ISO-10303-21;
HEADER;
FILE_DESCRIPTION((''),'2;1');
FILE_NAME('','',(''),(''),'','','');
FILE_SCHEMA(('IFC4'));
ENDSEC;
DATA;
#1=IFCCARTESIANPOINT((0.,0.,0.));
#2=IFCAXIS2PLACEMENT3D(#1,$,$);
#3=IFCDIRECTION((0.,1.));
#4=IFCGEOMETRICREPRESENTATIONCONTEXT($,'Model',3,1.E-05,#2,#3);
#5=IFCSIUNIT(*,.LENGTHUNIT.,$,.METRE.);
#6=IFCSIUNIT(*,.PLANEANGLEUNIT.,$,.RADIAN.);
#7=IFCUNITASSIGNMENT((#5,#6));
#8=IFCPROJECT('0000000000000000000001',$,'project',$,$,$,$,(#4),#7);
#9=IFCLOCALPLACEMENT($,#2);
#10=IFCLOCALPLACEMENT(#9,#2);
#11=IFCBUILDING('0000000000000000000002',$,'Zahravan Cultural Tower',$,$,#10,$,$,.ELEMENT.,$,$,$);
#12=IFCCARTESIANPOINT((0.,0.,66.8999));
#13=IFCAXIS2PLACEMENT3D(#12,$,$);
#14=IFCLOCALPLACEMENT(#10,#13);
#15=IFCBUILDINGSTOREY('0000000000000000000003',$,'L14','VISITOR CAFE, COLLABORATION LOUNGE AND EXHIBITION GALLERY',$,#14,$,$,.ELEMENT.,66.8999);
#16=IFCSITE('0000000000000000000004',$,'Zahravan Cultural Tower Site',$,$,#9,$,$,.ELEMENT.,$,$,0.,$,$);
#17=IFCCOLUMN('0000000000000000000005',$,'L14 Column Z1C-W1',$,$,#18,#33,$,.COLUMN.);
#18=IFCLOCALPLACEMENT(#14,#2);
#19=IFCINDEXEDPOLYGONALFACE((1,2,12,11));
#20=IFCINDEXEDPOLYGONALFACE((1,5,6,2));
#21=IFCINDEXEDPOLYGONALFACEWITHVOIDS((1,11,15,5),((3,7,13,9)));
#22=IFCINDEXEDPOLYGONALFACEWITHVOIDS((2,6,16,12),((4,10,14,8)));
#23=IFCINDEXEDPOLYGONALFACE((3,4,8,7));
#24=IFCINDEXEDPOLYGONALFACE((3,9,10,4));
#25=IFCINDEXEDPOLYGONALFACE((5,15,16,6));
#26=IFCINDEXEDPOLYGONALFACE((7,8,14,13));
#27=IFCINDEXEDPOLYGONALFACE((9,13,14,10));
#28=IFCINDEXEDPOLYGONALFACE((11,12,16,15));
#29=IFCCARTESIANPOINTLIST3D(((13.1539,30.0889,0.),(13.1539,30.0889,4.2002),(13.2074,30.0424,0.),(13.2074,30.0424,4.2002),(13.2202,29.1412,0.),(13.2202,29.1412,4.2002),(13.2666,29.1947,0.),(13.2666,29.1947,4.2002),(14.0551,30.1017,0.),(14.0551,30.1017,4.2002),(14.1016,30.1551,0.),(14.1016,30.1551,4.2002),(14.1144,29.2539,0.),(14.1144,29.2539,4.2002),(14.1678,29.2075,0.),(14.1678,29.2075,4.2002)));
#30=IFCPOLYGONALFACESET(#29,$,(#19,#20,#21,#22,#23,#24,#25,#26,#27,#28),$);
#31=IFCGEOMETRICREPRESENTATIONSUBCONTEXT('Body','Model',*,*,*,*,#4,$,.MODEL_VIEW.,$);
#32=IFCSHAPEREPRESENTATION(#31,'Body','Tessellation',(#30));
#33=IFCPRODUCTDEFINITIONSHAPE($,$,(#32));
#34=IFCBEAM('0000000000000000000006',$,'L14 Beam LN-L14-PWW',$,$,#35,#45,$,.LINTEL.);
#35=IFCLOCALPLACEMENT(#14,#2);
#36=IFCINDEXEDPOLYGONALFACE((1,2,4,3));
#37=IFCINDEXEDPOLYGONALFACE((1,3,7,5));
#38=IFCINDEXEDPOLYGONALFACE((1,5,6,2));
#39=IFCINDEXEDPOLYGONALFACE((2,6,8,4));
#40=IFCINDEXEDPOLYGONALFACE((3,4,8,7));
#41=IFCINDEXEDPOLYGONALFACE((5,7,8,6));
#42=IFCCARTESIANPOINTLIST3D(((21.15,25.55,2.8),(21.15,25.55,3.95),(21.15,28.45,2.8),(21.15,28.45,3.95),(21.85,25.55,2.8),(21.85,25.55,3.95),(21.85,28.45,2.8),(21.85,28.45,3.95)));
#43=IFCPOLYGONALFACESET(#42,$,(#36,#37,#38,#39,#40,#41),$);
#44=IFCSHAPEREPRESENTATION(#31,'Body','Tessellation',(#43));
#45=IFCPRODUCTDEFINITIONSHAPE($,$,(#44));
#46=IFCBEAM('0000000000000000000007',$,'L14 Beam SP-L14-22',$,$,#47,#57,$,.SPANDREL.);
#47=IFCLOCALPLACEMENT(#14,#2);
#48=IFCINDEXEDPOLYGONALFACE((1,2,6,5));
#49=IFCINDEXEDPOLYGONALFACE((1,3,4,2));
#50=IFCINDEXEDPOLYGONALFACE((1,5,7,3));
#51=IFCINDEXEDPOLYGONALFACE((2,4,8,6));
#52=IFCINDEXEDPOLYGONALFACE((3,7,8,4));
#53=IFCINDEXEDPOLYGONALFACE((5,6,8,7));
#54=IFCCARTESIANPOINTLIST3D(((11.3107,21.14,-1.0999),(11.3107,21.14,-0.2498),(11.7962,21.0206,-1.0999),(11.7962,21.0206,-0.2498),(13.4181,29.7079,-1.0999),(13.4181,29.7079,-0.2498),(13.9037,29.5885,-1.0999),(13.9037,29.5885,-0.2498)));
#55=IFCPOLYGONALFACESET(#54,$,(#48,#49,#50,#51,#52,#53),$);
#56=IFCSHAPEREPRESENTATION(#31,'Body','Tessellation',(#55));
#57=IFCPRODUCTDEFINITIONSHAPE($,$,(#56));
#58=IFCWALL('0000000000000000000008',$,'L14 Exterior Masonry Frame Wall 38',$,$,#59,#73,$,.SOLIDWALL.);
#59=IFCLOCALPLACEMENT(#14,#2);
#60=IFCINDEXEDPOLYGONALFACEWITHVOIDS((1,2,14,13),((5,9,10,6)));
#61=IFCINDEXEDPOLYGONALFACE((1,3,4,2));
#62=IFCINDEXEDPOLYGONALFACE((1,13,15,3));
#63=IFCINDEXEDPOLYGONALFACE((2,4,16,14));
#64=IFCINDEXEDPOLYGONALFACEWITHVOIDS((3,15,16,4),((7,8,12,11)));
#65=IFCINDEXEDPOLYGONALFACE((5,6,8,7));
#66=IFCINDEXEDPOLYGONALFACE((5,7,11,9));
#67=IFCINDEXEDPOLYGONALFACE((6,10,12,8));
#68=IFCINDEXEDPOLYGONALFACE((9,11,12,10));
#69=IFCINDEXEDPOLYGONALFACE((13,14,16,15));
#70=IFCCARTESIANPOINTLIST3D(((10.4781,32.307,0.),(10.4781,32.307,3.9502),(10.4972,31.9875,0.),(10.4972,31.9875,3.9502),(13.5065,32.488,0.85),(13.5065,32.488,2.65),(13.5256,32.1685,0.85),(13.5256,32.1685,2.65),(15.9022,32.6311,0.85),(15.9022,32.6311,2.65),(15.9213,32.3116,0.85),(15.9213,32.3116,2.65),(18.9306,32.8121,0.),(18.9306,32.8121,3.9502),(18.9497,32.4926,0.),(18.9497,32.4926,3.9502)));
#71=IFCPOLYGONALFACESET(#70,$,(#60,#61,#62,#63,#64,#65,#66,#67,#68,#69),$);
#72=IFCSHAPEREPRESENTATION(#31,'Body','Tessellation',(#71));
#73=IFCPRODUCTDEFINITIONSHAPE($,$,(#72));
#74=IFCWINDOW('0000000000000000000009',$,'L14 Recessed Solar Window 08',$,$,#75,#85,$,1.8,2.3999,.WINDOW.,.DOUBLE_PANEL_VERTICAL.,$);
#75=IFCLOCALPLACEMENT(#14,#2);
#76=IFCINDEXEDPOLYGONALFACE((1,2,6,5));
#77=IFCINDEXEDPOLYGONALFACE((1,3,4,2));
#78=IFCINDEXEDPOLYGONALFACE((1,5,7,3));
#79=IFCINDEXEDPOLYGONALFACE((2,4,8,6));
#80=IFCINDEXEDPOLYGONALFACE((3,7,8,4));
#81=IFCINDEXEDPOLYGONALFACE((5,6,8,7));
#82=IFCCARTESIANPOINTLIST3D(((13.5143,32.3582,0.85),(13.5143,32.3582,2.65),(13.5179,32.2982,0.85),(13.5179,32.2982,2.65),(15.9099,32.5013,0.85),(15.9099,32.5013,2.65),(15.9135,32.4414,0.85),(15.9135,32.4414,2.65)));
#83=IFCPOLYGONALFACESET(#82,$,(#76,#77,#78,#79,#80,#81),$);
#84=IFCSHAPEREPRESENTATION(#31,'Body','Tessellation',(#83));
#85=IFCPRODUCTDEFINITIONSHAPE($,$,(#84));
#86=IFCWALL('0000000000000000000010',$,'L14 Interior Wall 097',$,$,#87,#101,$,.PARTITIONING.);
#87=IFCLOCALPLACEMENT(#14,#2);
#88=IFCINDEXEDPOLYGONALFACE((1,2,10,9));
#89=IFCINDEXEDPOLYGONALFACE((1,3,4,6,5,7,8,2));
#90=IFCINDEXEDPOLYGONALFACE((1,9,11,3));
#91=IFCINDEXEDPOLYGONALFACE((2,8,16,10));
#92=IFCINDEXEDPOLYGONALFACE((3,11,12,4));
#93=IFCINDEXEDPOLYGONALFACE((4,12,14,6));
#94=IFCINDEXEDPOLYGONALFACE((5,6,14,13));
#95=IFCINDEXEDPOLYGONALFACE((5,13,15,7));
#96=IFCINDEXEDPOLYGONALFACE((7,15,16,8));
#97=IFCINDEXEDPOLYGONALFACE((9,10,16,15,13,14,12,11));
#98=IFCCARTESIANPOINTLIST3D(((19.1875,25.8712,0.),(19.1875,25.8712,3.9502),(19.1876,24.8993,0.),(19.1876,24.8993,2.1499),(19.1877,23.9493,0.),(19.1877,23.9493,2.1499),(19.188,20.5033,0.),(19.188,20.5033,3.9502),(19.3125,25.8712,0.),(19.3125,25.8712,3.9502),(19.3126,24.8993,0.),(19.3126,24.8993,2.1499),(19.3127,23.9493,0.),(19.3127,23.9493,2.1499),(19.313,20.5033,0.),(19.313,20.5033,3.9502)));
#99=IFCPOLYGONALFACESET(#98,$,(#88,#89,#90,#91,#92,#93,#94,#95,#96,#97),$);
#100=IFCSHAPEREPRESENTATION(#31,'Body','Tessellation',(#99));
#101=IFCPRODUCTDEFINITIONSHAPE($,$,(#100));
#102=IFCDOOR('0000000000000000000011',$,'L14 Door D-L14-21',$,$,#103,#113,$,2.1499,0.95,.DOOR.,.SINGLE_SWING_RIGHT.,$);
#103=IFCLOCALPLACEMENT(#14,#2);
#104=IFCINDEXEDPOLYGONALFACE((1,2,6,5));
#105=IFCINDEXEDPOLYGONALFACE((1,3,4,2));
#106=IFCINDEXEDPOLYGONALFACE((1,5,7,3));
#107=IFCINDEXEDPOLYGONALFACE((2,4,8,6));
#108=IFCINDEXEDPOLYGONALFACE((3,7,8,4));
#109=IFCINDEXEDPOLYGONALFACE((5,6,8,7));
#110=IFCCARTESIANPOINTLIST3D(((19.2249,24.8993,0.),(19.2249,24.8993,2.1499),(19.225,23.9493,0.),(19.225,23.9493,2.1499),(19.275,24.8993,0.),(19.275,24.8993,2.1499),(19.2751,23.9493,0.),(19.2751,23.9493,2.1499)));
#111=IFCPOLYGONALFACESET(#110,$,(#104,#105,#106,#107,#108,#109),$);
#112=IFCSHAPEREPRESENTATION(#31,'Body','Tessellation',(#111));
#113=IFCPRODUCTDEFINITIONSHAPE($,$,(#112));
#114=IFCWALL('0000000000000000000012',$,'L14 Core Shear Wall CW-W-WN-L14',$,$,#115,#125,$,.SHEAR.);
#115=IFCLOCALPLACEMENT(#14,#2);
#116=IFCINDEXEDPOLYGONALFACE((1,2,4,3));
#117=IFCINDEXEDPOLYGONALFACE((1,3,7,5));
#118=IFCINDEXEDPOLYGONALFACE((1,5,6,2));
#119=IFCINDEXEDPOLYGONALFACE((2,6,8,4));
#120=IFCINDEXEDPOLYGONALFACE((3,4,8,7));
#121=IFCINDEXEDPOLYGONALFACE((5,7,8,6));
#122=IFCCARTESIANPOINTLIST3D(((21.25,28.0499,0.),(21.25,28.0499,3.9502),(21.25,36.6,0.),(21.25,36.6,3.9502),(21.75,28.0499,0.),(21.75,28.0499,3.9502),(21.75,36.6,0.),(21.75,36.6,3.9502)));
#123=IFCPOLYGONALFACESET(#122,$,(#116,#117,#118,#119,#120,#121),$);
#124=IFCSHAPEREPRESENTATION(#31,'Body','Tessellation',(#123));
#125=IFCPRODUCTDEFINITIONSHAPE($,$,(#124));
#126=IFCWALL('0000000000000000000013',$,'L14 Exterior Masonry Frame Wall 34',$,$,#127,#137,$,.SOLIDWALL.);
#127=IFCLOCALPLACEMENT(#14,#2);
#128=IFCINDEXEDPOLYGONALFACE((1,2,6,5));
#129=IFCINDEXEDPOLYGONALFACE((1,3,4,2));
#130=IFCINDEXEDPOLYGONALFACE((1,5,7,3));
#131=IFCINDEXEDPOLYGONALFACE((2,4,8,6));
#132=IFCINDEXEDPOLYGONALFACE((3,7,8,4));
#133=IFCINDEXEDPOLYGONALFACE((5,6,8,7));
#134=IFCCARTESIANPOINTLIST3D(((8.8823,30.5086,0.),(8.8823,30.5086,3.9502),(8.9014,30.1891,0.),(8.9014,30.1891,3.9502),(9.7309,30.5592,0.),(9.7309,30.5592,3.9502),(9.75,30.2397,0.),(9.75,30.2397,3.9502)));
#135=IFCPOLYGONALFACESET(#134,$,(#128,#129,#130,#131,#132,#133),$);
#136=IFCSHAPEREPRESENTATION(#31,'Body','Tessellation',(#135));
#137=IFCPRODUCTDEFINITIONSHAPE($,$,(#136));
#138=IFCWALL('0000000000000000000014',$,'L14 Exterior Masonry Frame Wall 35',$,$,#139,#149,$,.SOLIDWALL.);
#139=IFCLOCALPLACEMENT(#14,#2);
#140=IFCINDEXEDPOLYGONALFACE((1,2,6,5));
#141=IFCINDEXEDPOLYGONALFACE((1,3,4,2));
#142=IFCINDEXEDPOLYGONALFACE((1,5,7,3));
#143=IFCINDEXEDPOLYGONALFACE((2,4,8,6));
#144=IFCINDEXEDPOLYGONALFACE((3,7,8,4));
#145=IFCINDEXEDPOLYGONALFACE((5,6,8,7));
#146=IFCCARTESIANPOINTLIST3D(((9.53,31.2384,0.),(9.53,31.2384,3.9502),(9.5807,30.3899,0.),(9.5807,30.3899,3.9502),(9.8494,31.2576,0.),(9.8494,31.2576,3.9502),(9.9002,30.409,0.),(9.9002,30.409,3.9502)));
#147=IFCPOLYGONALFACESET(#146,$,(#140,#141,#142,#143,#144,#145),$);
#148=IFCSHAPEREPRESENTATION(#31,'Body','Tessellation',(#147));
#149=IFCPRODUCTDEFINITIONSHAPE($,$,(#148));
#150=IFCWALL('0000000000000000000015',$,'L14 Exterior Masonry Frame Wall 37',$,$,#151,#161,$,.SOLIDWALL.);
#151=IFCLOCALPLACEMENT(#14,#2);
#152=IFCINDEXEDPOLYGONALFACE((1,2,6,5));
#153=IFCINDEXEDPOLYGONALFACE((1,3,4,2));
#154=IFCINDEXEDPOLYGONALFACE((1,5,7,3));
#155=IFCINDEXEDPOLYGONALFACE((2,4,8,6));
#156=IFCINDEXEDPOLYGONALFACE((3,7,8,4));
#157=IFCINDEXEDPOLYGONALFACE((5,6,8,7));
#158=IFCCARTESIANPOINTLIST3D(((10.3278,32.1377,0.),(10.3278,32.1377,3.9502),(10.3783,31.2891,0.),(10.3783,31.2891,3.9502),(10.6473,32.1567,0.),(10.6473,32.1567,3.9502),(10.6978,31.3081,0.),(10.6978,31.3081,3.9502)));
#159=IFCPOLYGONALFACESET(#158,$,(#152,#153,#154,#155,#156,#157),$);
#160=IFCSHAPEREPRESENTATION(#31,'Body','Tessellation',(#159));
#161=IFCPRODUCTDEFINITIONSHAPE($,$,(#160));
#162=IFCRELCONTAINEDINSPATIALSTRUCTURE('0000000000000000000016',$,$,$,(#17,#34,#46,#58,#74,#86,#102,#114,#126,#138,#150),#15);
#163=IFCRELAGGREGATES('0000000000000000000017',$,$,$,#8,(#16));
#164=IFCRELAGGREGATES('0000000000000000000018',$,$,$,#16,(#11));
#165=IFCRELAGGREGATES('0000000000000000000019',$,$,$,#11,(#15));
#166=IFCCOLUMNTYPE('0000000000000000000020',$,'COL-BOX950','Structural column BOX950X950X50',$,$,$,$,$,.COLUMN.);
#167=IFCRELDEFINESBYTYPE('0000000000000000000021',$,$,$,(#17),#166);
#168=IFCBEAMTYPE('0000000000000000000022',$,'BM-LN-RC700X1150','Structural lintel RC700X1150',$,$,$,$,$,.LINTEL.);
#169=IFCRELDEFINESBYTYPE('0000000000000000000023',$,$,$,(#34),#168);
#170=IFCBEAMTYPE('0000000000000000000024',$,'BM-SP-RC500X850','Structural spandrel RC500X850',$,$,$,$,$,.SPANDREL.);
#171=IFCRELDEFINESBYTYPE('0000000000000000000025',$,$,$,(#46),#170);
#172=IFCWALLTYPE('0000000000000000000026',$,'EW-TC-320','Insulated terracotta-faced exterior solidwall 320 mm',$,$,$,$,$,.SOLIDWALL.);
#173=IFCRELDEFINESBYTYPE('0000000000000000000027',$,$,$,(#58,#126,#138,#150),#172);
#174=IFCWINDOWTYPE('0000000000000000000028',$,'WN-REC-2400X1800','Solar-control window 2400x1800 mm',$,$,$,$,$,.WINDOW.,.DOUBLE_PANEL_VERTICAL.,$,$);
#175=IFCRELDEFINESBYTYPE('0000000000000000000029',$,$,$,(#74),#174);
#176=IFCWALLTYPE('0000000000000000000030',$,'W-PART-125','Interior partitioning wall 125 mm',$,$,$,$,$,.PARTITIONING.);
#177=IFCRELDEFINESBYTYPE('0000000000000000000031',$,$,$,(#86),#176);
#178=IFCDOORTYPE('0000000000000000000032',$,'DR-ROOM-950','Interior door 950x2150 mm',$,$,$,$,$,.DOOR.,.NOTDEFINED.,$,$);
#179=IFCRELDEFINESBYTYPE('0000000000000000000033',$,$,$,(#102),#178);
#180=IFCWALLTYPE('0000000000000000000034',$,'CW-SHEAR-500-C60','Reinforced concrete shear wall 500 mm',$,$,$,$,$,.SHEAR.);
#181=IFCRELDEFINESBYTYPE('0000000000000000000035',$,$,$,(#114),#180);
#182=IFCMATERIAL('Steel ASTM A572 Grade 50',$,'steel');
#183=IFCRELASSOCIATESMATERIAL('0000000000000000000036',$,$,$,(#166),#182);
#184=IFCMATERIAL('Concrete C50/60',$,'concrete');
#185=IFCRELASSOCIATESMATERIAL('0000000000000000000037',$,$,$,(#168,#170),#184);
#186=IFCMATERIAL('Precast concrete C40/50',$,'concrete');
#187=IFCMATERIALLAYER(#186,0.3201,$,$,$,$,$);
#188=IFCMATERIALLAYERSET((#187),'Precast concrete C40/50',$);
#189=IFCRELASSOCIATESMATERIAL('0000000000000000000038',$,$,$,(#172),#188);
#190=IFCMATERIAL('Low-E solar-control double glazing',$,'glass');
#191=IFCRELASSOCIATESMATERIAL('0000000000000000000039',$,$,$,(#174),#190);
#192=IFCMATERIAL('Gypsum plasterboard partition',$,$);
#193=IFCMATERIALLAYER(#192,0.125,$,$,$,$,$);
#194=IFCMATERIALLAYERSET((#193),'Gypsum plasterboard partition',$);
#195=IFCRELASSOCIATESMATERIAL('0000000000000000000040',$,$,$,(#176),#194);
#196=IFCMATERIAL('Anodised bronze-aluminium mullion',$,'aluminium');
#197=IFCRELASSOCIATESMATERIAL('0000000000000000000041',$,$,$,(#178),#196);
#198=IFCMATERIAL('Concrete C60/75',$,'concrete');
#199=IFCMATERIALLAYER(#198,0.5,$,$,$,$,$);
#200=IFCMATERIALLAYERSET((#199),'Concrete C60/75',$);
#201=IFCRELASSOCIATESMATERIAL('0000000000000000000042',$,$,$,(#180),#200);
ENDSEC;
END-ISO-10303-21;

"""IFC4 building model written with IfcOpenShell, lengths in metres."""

from ifc_helpers import new_model, si_unit, direction, frame, frame_2d, origin, origin_2d, place, context, subcontext, project, spatial, rectangle, hollow_rectangle, extrude, source, transform, mapped, material, layer, layer_set, material_profile, profile_set, type_object, element, fill, save


model = new_model("IFC4")

# Units and contexts
model_context = context("Model", 3, precision=1e-05, world=origin(), true_north=direction((0.0, 1.0)))
body_context = subcontext(model_context, "Body", "Model", "MODEL_VIEW")
ifc_project = project(units=[si_unit("LENGTHUNIT", "METRE"), si_unit("PLANEANGLEUNIT", "RADIAN")], contexts=[model_context])

# Site, building, storey
site_placement = place(None, origin())
site = spatial("IfcSite", under=ifc_project, at=site_placement, Name="Zahravan Cultural Tower Site", CompositionType="ELEMENT", RefElevation=0.0)
building_placement = place(site_placement, origin())
building = spatial("IfcBuilding", under=site, at=building_placement, Name="Zahravan Cultural Tower", CompositionType="ELEMENT")
storey_placement = place(building_placement, frame((0.0, 0.0, 66.8999)))
storey = spatial("IfcBuildingStorey", under=building, at=storey_placement, Name="L14", Description="VISITOR CAFE, COLLABORATION LOUNGE AND EXHIBITION GALLERY", CompositionType="ELEMENT", Elevation=66.8999)

# Column
ifc_material_1 = material(Name="Steel ASTM A572 Grade 50", Category="steel")
ifc_material_profile_1 = material_profile(ifc_material_1, hollow_rectangle(XDim=0.95, YDim=0.95, WallThickness=0.05, at=origin_2d()), Name="BOX950X950X50")
ifc_profile_set_1 = profile_set([ifc_material_profile_1], Name="Steel ASTM A572 Grade 50")
column_type = type_object("IfcColumnType", Name="COL-BOX950", Description="Structural column BOX950X950X50", PredefinedType="COLUMN", material=ifc_profile_set_1)
shared_shape_1 = source(origin(), body_context, "Body", "SweptSolid", [
    extrude(hollow_rectangle(XDim=0.95, YDim=0.95, WallThickness=0.05, at=origin_2d()), origin(), (0.0, 0.0, 1.0), 4.2002),
])
column_placement = place(storey_placement, frame((13.6609, 29.6482, 0.0), z_axis=(0.0, 0.0, 1.0), x_axis=(0.997564, 0.069756, 0.0)))
element("IfcColumn", 1, at=column_placement, inside=storey, type_object=column_type, Name="L14 Column Z1C-W1", PredefinedType="COLUMN", context=body_context, shape_type="MappedRepresentation", body=[
    mapped(shared_shape_1, transform((0.0, 0.0, 0.0), x_axis=(1.0, 0.0, 0.0), y_axis=(0.0, 1.0, 0.0), z_axis=(0.0, 0.0, 1.0), scale=1.0)),
])

# Beams
ifc_material_2 = material(Name="Concrete C50/60", Category="concrete")
ifc_material_profile_2 = material_profile(ifc_material_2, rectangle(XDim=0.7, YDim=1.1499, at=origin_2d()), Name="RC700X1150")
ifc_profile_set_2 = profile_set([ifc_material_profile_2], Name="Concrete C50/60")
beam_type_1 = type_object("IfcBeamType", Name="BM-LN-RC700X1150", Description="Structural lintel RC700X1150", PredefinedType="LINTEL", material=ifc_profile_set_2)
shared_shape_2 = source(origin(), body_context, "Body", "SweptSolid", [
    extrude(rectangle(XDim=0.7, YDim=1.1499, at=origin_2d()), origin(), (0.0, 0.0, 1.0), 2.8999),
])
beam_1_placement = place(storey_placement, frame((21.5, 25.55, 3.375), z_axis=(0.0, 1.0, 0.0), x_axis=(-1.0, 0.0, 0.0)))
element("IfcBeam", 2, at=beam_1_placement, inside=storey, type_object=beam_type_1, Name="L14 Beam LN-L14-PWW", PredefinedType="LINTEL", context=body_context, shape_type="MappedRepresentation", body=[
    mapped(shared_shape_2, transform((0.0, 0.0, 0.0), x_axis=(1.0, 0.0, 0.0), y_axis=(0.0, 1.0, 0.0), z_axis=(0.0, 0.0, 1.0), scale=1.0)),
])
ifc_material_profile_3 = material_profile(ifc_material_2, rectangle(XDim=0.5, YDim=0.8501, at=origin_2d()), Name="RC500X850")
ifc_profile_set_3 = profile_set([ifc_material_profile_3], Name="Concrete C50/60")
beam_type_2 = type_object("IfcBeamType", Name="BM-SP-RC500X850", Description="Structural spandrel RC500X850", PredefinedType="SPANDREL", material=ifc_profile_set_3)
shared_shape_3 = source(origin(), body_context, "Body", "SweptSolid", [
    extrude(rectangle(XDim=0.5, YDim=0.8501, at=origin_2d()), origin(), (0.0, 0.0, 1.0), 8.8232),
])
beam_2_placement = place(storey_placement, frame((13.6609, 29.6482, -0.6748), z_axis=(-0.238849, -0.971057, 0.0), x_axis=(0.971057, -0.238849, 0.0)))
element("IfcBeam", 3, at=beam_2_placement, inside=storey, type_object=beam_type_2, Name="L14 Beam SP-L14-22", PredefinedType="SPANDREL", context=body_context, shape_type="MappedRepresentation", body=[
    mapped(shared_shape_3, transform((0.0, 0.0, 0.0), x_axis=(1.0, 0.0, 0.0), y_axis=(0.0, 1.0, 0.0), z_axis=(0.0, 0.0, 1.0), scale=1.0)),
])

# Wall, opening, window
ifc_material_3 = material(Name="Precast concrete C40/50", Category="concrete")
ifc_layer_1 = layer(ifc_material_3, 0.3201)
ifc_layer_set_1 = layer_set([ifc_layer_1], Name="Precast concrete C40/50")
wall_type_1 = type_object("IfcWallType", Name="EW-TC-320", Description="Insulated terracotta-faced exterior solidwall 320 mm", PredefinedType="SOLIDWALL", material=ifc_layer_set_1)
wall_1_placement = place(storey_placement, frame((10.4875, 32.1472, 0.0), z_axis=(0.0, 0.0, 1.0), x_axis=(0.998219, 0.059655, 0.0)))
wall_1 = element("IfcWall", 4, at=wall_1_placement, inside=storey, type_object=wall_type_1, Name="L14 Exterior Masonry Frame Wall 38", PredefinedType="SOLIDWALL", context=body_context, shape_type="SweptSolid", body=[
    extrude(rectangle(XDim=8.4675, YDim=0.3201, at=frame_2d((4.2339, 0.0))), origin(), (0.0, 0.0, 1.0), 3.9502),
])
opening_1_placement = place(wall_1_placement, frame((3.0339, 0.0, 0.8501)))
opening_1 = element("IfcOpeningElement", 5, at=opening_1_placement, cuts=wall_1, PredefinedType="OPENING", context=body_context, shape_type="SweptSolid", body=[
    extrude(rectangle(XDim=2.3999, YDim=1.8, at=frame_2d((1.2, 0.8999))), frame((0.0, 0.1699, 0.0), z_axis=(0.0, -1.0, 0.0), x_axis=(1.0, 0.0, 0.0)), (0.0, 0.0, 1.0), 0.3401),
])
ifc_material_4 = material(Name="Low-E solar-control double glazing", Category="glass")
window_type = type_object("IfcWindowType", Name="WN-REC-2400X1800", Description="Solar-control window 2400x1800 mm", PartitioningType="DOUBLE_PANEL_VERTICAL", PredefinedType="WINDOW", material=ifc_material_4)
shared_shape_4 = source(origin(), body_context, "Body", "SweptSolid", [
    extrude(rectangle(XDim=2.3999, YDim=1.8, at=frame_2d((1.2, 0.8999))), frame((0.0, 0.03, 0.0), z_axis=(0.0, -1.0, 0.0), x_axis=(1.0, 0.0, 0.0)), (0.0, 0.0, 1.0), 0.0601),
])
window_placement = place(opening_1_placement, origin())
window = element("IfcWindow", 6, at=window_placement, inside=storey, type_object=window_type, Name="L14 Recessed Solar Window 08", OverallHeight=1.8, OverallWidth=2.3999, PartitioningType="DOUBLE_PANEL_VERTICAL", PredefinedType="WINDOW", context=body_context, shape_type="MappedRepresentation", body=[
    mapped(shared_shape_4, transform((0.0, 0.0, 0.0), x_axis=(1.0, 0.0, 0.0), y_axis=(0.0, 1.0, 0.0), z_axis=(0.0, 0.0, 1.0), scale=1.0)),
])
fill(opening_1, window)

# Wall, opening, door
ifc_material_5 = material(Name="Gypsum plasterboard partition")
ifc_layer_2 = layer(ifc_material_5, 0.125)
ifc_layer_set_2 = layer_set([ifc_layer_2], Name="Gypsum plasterboard partition")
wall_type_2 = type_object("IfcWallType", Name="W-PART-125", Description="Interior partitioning wall 125 mm", PredefinedType="PARTITIONING", material=ifc_layer_set_2)
wall_2_placement = place(storey_placement, frame((19.25, 25.8713, 0.0), z_axis=(0.0, 0.0, 1.0), x_axis=(0.000091, -1.0, 0.0)))
wall_2 = element("IfcWall", 7, at=wall_2_placement, inside=storey, type_object=wall_type_2, Name="L14 Interior Wall 097", PredefinedType="PARTITIONING", context=body_context, shape_type="SweptSolid", body=[
    extrude(rectangle(XDim=5.3679, YDim=0.125, at=frame_2d((2.6841, 0.0))), origin(), (0.0, 0.0, 1.0), 3.9502),
])
opening_2_placement = place(wall_2_placement, frame((0.9719, 0.0, 0.0)))
opening_2 = element("IfcOpeningElement", 8, at=opening_2_placement, cuts=wall_2, PredefinedType="OPENING", context=body_context, shape_type="SweptSolid", body=[
    extrude(rectangle(XDim=0.95, YDim=2.1499, at=frame_2d((0.4751, 1.075))), frame((0.0, 0.0725, 0.0), z_axis=(0.0, -1.0, 0.0), x_axis=(1.0, 0.0, 0.0)), (0.0, 0.0, 1.0), 0.145),
])
ifc_material_6 = material(Name="Anodised bronze-aluminium mullion", Category="aluminium")
door_type = type_object("IfcDoorType", Name="DR-ROOM-950", Description="Interior door 950x2150 mm", OperationType="NOTDEFINED", PredefinedType="DOOR", material=ifc_material_6)
shared_shape_5 = source(origin(), body_context, "Body", "SweptSolid", [
    extrude(rectangle(XDim=0.95, YDim=2.1499, at=frame_2d((0.4751, 1.075))), frame((0.0, 0.0249, 0.0), z_axis=(0.0, -1.0, 0.0), x_axis=(1.0, 0.0, 0.0)), (0.0, 0.0, 1.0), 0.05),
])
door_placement = place(opening_2_placement, origin())
door = element("IfcDoor", 9, at=door_placement, inside=storey, type_object=door_type, Name="L14 Door D-L14-21", OperationType="SINGLE_SWING_RIGHT", OverallHeight=2.1499, OverallWidth=0.95, PredefinedType="DOOR", context=body_context, shape_type="MappedRepresentation", body=[
    mapped(shared_shape_5, transform((0.0, 0.0, 0.0), x_axis=(1.0, 0.0, 0.0), y_axis=(0.0, 1.0, 0.0), z_axis=(0.0, 0.0, 1.0), scale=1.0)),
])
fill(opening_2, door)

# Walls
ifc_material_7 = material(Name="Concrete C60/75", Category="concrete")
ifc_layer_3 = layer(ifc_material_7, 0.5)
ifc_layer_set_3 = layer_set([ifc_layer_3], Name="Concrete C60/75")
wall_type_3 = type_object("IfcWallType", Name="CW-SHEAR-500-C60", Description="Reinforced concrete shear wall 500 mm", PredefinedType="SHEAR", material=ifc_layer_set_3)
shared_shape_6 = source(origin(), body_context, "Body", "SweptSolid", [
    extrude(rectangle(XDim=8.55, YDim=0.5, at=frame_2d((4.2749, 0.0))), origin(), (0.0, 0.0, 1.0), 3.9502),
])
wall_3_placement = place(storey_placement, frame((21.5, 28.05, 0.0), z_axis=(0.0, 0.0, 1.0), x_axis=(0.0, 1.0, 0.0)))
element("IfcWall", 10, at=wall_3_placement, inside=storey, type_object=wall_type_3, Name="L14 Core Shear Wall CW-W-WN-L14", PredefinedType="SHEAR", context=body_context, shape_type="MappedRepresentation", body=[
    mapped(shared_shape_6, transform((0.0, 0.0, 0.0), x_axis=(1.0, 0.0, 0.0), y_axis=(0.0, 1.0, 0.0), z_axis=(0.0, 0.0, 1.0), scale=1.0)),
])
shared_shape_7 = source(origin(), body_context, "Body", "SweptSolid", [
    extrude(rectangle(XDim=0.8501, YDim=0.3201, at=frame_2d((0.425, 0.0))), origin(), (0.0, 0.0, 1.0), 3.9502),
])
for number, where, z_axis, x_axis, name in (
    (11, (8.8918, 30.3489, 0.0), (0.0, 0.0, 1.0), (0.998232, 0.059446, 0.0), "L14 Exterior Masonry Frame Wall 34"),
    (12, (9.7405, 30.3994, 0.0), (0.0, 0.0, 1.0), (-0.059732, 0.998214, 0.0), "L14 Exterior Masonry Frame Wall 35"),
    (13, (10.5381, 31.2986, 0.0), (0.0, 0.0, 1.0), (-0.059446, 0.998232, 0.0), "L14 Exterior Masonry Frame Wall 37"),
):
    element("IfcWall", number, at=place(storey_placement, frame(where, z_axis=z_axis, x_axis=x_axis)), inside=storey, type_object=wall_type_1, Name=name, PredefinedType="SOLIDWALL", context=body_context, shape_type="MappedRepresentation", body=[
        mapped(shared_shape_7, transform((0.0, 0.0, 0.0), x_axis=(1.0, 0.0, 0.0), y_axis=(0.0, 1.0, 0.0), z_axis=(0.0, 0.0, 1.0), scale=1.0)),
    ])

save(model, "model.ifc")
